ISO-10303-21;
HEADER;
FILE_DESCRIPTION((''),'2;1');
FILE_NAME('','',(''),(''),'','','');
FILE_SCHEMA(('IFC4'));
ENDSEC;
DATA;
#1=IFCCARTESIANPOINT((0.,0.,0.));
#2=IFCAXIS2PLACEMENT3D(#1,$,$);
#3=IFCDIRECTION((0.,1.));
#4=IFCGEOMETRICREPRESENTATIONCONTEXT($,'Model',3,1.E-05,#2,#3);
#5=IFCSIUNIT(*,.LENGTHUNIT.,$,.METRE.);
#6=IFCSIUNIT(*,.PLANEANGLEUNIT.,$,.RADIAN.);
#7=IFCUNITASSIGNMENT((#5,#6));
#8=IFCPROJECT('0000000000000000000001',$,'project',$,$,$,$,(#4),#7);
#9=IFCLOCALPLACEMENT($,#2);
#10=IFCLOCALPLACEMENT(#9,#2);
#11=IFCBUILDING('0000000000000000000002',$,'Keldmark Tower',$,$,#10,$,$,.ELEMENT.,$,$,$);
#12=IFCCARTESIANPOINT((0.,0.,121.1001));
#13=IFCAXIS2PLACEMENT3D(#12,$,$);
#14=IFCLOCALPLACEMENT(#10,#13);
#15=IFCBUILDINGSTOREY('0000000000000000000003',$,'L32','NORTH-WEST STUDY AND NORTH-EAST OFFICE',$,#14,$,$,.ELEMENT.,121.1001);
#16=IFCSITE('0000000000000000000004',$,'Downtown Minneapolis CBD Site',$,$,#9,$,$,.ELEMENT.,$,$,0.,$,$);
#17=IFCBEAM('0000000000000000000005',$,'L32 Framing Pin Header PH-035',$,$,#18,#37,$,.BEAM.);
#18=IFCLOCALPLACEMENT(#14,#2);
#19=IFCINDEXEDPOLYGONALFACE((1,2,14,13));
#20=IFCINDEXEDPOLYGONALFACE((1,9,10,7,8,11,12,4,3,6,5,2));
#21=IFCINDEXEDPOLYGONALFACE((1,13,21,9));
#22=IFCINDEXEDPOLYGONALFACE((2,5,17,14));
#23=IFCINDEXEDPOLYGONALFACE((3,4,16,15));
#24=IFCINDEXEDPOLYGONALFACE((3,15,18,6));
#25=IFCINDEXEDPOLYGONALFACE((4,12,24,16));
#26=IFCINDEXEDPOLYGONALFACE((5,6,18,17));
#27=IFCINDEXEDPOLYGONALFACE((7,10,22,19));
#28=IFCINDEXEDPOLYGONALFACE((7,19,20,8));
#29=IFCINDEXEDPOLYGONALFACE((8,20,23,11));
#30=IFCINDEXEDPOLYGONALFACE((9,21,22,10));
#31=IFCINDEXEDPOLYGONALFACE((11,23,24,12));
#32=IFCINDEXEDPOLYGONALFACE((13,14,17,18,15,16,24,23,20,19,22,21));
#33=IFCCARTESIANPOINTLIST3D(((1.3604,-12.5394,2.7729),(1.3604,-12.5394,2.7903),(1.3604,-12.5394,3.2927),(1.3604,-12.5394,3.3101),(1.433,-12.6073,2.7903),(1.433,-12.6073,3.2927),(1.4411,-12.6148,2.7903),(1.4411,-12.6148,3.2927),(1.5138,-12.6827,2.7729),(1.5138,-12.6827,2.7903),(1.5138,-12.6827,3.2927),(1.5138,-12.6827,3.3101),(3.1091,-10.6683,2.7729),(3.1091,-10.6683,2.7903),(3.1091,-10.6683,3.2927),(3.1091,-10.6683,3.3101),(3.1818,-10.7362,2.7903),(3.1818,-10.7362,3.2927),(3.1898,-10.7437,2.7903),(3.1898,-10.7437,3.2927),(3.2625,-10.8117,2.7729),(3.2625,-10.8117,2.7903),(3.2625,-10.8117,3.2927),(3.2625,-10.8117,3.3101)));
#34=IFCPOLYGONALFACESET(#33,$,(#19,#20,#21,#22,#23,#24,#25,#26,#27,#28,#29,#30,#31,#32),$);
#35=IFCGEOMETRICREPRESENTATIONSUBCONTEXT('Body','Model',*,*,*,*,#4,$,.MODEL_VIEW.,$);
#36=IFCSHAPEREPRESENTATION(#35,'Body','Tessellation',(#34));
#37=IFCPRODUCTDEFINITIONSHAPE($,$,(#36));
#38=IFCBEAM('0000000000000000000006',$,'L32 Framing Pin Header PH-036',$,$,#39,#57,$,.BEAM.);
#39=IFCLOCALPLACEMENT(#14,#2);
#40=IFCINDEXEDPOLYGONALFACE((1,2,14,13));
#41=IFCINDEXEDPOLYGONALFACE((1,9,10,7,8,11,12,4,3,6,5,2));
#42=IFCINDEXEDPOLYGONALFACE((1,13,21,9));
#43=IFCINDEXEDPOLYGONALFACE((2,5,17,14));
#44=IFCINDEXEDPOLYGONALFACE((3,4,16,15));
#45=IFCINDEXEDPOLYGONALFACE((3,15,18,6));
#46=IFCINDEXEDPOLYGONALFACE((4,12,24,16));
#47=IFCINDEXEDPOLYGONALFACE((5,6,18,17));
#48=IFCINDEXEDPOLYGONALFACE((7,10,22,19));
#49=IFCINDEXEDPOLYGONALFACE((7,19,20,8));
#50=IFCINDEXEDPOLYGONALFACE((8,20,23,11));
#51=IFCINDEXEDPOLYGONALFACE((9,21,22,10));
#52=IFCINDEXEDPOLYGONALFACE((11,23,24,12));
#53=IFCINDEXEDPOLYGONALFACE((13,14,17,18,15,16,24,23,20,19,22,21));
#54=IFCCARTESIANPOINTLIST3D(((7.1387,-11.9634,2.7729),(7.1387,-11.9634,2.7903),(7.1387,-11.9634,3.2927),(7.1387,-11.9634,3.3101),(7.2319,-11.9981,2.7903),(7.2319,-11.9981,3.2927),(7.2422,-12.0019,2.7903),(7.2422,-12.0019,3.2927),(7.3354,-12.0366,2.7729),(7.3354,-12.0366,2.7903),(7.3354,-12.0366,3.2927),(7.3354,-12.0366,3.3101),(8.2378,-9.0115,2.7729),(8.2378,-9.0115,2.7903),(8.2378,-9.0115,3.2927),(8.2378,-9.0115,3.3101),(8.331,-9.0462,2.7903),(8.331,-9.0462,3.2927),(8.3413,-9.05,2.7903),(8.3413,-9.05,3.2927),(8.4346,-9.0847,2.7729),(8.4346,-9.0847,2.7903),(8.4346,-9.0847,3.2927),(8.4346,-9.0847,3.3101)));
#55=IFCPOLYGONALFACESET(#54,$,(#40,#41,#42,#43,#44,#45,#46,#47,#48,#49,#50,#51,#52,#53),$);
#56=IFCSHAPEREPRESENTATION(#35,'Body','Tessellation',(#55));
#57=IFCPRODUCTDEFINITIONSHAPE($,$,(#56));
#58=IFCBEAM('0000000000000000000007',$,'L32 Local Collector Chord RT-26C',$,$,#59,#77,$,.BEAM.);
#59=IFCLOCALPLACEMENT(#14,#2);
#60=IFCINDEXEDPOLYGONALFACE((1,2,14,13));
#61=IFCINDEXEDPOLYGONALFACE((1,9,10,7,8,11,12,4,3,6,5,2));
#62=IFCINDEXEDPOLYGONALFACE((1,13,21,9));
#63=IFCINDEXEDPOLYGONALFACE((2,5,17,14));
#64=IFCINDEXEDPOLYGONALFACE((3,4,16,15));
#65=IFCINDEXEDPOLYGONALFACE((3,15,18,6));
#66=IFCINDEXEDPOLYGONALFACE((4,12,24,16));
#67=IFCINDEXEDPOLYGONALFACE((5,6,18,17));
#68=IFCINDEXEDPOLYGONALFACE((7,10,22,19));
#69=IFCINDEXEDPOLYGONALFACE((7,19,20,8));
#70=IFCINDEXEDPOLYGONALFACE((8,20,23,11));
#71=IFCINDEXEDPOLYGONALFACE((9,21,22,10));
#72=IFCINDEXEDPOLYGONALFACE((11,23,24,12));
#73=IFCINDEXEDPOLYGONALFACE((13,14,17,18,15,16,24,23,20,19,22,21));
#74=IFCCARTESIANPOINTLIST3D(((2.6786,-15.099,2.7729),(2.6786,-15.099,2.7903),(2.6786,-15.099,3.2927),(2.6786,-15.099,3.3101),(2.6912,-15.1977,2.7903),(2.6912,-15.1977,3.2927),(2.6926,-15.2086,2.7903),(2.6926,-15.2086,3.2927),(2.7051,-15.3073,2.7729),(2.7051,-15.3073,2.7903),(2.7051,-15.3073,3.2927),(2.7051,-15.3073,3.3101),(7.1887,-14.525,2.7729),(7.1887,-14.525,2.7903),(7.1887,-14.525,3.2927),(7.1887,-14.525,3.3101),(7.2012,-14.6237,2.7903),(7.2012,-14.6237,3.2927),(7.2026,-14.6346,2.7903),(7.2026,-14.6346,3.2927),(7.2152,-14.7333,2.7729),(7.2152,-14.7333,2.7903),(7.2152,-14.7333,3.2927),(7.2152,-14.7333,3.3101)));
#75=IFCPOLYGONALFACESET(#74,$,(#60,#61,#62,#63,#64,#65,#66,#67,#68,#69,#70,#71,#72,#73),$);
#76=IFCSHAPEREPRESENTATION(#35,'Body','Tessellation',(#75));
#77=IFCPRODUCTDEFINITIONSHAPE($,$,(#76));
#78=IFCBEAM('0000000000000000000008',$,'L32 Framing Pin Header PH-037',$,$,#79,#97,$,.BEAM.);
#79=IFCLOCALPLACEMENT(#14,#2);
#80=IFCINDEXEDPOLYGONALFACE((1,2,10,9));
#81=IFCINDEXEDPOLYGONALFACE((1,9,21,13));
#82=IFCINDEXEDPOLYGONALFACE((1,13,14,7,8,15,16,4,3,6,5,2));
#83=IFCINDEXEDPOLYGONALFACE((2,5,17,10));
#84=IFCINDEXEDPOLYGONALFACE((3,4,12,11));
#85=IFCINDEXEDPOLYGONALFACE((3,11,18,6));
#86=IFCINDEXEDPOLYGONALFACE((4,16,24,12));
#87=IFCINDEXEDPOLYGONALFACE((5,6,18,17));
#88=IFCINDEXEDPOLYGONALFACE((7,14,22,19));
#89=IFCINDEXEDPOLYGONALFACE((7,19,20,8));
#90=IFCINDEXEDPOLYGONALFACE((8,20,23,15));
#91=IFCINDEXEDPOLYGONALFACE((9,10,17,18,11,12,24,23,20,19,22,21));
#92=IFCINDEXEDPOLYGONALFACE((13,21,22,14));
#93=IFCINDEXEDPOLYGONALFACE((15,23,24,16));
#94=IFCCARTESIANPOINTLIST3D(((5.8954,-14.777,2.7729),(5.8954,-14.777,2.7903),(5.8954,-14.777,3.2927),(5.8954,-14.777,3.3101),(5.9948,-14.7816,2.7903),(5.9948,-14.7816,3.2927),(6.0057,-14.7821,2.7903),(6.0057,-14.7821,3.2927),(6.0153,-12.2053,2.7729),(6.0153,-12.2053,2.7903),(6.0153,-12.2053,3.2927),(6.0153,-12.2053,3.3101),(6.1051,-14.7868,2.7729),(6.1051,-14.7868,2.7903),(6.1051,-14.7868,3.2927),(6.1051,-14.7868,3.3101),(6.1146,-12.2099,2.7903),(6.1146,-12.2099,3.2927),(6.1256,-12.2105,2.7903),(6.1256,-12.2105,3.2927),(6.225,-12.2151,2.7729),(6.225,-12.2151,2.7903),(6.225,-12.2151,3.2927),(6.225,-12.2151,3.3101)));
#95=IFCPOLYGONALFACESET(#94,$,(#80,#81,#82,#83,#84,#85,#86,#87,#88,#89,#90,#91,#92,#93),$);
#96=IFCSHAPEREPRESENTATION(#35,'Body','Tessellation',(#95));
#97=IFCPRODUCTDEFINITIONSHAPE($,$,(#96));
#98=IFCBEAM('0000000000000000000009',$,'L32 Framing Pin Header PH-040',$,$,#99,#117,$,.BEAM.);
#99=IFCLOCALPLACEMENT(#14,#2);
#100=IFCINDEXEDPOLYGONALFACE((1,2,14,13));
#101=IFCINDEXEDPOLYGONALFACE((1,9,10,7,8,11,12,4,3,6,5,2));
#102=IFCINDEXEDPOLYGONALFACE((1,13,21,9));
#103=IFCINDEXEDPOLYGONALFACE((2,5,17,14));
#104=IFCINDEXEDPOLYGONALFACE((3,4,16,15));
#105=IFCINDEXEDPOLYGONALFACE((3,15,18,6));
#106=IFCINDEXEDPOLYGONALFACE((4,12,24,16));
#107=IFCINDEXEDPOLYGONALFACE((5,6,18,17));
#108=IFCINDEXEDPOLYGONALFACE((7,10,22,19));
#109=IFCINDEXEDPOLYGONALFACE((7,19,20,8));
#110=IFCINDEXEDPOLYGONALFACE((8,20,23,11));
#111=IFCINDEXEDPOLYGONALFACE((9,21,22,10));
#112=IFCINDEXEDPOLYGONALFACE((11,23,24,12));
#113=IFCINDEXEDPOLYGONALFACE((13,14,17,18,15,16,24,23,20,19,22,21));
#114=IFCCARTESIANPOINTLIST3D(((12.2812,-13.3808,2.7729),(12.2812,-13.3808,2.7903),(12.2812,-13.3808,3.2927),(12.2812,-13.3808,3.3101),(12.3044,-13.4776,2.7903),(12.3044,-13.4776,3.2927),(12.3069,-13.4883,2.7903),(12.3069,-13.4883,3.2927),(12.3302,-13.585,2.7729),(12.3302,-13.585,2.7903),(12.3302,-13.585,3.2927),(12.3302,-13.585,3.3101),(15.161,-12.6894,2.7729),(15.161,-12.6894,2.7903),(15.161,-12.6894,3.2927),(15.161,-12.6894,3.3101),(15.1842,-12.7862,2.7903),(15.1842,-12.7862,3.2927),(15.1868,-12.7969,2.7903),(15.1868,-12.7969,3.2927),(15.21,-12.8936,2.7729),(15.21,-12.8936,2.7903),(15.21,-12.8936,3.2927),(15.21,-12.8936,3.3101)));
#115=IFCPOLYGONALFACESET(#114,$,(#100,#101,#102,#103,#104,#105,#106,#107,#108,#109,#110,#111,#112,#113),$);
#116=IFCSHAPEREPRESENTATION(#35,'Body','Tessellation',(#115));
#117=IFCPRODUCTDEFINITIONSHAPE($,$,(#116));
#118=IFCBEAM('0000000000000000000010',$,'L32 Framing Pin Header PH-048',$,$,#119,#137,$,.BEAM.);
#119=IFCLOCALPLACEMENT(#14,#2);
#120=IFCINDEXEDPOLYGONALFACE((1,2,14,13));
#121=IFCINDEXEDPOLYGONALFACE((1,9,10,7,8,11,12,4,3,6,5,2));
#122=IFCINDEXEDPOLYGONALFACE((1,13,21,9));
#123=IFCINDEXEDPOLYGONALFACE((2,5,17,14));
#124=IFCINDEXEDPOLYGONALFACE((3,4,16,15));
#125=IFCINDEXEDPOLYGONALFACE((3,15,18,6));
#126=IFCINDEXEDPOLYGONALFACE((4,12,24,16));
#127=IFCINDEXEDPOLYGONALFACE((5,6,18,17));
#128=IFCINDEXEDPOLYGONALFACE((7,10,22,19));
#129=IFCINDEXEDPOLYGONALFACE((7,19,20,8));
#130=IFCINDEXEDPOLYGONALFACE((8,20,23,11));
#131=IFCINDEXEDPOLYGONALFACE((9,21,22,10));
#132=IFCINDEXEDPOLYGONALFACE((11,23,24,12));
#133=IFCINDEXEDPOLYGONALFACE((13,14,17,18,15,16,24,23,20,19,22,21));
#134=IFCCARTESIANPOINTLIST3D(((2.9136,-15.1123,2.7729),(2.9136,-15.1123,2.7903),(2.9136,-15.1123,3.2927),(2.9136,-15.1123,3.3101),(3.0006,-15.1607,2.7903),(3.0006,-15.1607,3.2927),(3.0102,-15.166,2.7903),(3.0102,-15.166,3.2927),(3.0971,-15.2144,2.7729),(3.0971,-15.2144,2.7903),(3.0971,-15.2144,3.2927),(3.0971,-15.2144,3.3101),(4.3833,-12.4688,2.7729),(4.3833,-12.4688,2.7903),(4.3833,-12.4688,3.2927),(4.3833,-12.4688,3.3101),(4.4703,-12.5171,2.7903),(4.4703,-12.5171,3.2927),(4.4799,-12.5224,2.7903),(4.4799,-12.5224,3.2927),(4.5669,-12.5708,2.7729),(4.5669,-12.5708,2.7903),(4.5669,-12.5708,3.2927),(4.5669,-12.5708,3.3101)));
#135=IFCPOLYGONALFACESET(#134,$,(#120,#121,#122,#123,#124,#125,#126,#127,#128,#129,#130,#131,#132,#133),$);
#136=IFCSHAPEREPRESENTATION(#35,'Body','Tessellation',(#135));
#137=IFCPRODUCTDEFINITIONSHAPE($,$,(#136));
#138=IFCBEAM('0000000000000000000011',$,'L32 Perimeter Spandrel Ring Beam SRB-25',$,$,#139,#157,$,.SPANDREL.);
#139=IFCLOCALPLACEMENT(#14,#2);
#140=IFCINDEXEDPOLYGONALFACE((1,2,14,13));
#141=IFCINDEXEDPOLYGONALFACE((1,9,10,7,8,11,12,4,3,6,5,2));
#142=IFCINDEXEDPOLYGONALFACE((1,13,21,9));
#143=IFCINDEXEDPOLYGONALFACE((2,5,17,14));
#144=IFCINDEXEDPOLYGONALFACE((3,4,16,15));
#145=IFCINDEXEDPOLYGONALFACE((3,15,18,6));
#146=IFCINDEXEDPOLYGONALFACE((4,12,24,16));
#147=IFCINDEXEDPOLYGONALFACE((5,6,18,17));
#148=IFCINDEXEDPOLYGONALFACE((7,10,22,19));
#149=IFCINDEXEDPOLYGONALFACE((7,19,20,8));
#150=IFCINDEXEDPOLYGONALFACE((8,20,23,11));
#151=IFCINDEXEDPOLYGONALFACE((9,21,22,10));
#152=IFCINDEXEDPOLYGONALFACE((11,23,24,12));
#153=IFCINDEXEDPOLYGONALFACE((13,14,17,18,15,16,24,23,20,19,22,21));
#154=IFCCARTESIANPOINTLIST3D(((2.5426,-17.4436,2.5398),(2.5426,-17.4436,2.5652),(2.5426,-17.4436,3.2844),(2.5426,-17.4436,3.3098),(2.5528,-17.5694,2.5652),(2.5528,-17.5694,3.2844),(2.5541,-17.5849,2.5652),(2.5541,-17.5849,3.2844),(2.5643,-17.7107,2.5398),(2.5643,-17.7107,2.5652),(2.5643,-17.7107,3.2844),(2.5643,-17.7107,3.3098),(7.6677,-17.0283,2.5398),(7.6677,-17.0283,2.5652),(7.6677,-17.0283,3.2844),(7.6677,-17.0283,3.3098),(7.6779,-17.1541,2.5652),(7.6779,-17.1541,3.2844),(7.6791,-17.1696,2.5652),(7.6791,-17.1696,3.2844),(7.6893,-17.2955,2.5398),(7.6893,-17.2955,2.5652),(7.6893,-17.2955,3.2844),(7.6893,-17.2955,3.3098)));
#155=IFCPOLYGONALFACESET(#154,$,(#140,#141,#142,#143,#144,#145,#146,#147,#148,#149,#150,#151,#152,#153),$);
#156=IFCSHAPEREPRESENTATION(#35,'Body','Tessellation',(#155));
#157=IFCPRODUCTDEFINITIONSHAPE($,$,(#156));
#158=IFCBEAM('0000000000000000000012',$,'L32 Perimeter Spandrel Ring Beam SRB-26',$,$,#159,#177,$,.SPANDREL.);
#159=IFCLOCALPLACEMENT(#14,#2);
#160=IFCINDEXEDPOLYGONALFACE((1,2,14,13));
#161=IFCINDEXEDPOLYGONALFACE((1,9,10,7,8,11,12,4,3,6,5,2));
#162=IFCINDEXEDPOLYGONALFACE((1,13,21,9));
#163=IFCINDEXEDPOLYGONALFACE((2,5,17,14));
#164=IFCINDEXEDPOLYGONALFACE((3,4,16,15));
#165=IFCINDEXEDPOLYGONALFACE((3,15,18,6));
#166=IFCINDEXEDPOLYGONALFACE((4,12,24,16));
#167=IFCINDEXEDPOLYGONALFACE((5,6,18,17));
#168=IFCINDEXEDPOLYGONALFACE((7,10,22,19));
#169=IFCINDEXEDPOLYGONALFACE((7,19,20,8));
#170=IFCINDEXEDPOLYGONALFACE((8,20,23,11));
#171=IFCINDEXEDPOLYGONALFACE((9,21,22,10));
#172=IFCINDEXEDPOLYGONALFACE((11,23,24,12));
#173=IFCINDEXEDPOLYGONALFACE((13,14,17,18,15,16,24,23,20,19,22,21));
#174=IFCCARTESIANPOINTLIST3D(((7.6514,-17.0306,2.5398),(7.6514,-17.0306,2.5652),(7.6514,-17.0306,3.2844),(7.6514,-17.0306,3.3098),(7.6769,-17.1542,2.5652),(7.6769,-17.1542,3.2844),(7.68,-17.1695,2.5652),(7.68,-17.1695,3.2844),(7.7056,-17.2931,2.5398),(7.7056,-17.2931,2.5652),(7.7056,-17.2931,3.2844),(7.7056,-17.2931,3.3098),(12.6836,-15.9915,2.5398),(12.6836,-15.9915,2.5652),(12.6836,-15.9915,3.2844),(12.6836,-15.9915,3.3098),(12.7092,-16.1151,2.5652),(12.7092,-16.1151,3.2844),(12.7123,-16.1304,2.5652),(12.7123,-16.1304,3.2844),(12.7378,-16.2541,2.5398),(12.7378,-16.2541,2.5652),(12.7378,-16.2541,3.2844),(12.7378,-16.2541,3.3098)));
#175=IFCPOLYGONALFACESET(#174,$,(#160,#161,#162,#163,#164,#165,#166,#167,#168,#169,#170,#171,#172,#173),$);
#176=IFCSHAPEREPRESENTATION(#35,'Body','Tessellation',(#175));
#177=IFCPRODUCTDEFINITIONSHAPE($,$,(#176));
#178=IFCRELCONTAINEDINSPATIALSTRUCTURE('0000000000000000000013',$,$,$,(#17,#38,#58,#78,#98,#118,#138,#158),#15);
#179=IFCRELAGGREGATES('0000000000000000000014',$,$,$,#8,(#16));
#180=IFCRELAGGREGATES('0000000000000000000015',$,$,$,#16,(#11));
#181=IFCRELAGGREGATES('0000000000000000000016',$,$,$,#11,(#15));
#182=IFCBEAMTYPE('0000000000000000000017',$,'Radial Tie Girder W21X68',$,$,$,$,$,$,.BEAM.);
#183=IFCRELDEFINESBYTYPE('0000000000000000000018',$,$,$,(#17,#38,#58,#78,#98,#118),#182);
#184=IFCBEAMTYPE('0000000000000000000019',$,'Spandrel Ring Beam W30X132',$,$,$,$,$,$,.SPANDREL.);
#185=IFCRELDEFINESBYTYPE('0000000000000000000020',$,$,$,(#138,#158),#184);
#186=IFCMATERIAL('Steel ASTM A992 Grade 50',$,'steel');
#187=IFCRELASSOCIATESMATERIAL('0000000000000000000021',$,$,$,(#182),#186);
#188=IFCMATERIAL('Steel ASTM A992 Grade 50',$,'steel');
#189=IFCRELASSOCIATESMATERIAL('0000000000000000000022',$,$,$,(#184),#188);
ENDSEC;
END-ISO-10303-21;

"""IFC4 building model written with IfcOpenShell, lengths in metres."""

from ifc_helpers import new_model, si_unit, direction, frame, origin, origin_2d, place, context, subcontext, project, spatial, i_section, extrude, material, material_profile, profile_set, type_object, element, save


model = new_model("IFC4")

# Units and contexts
model_context = context("Model", 3, precision=1e-05, world=origin(), true_north=direction((0.0, 1.0)))
body_context = subcontext(model_context, "Body", "Model", "MODEL_VIEW")
ifc_project = project(units=[si_unit("LENGTHUNIT", "METRE"), si_unit("PLANEANGLEUNIT", "RADIAN")], contexts=[model_context])

# Site, building, storey
site_placement = place(None, origin())
site = spatial("IfcSite", under=ifc_project, at=site_placement, Name="Downtown Minneapolis CBD Site", CompositionType="ELEMENT", RefElevation=0.0)
building_placement = place(site_placement, origin())
building = spatial("IfcBuilding", under=site, at=building_placement, Name="Keldmark Tower", CompositionType="ELEMENT")
storey_placement = place(building_placement, frame((0.0, 0.0, 121.1001)))
storey = spatial("IfcBuildingStorey", under=building, at=storey_placement, Name="L32", Description="NORTH-WEST STUDY AND NORTH-EAST OFFICE", CompositionType="ELEMENT", Elevation=121.1001)

# Beams
ifc_material_1 = material(Name="Steel ASTM A992 Grade 50", Category="steel")
ifc_material_profile_1 = material_profile(ifc_material_1, i_section(OverallWidth=0.21, OverallDepth=0.5371, WebThickness=0.011, FlangeThickness=0.0173, at=origin_2d()), Name="W21X68")
ifc_profile_set_1 = profile_set([ifc_material_profile_1], Name="Steel ASTM A992 Grade 50")
beam_type_1 = type_object("IfcBeamType", Name="Radial Tie Girder W21X68", PredefinedType="BEAM", material=ifc_profile_set_1)
beam_1_placement = place(storey_placement, frame((3.1858, -10.74, 3.0415), z_axis=(-0.682824, -0.730583, 0.0), x_axis=(0.730583, -0.682824, 0.0)))
element("IfcBeam", 1, at=beam_1_placement, inside=storey, type_object=beam_type_1, Name="L32 Framing Pin Header PH-035", PredefinedType="BEAM", context=body_context, shape_type="SweptSolid", body=[
    extrude(i_section(OverallWidth=0.21, OverallDepth=0.5371, WebThickness=0.011, FlangeThickness=0.0173, at=origin_2d()), origin(), (0.0, 0.0, 1.0), 2.561),
])
beam_2_placement = place(storey_placement, frame((8.3362, -9.0481, 3.0415), z_axis=(-0.34894, -0.937145, 0.0), x_axis=(0.937145, -0.34894, 0.0)))
element("IfcBeam", 2, at=beam_2_placement, inside=storey, type_object=beam_type_1, Name="L32 Framing Pin Header PH-036", PredefinedType="BEAM", context=body_context, shape_type="SweptSolid", body=[
    extrude(i_section(OverallWidth=0.21, OverallDepth=0.5371, WebThickness=0.011, FlangeThickness=0.0173, at=origin_2d()), origin(), (0.0, 0.0, 1.0), 3.1499),
])
beam_3_placement = place(storey_placement, frame((2.6919, -15.2031, 3.0415), z_axis=(0.991999, 0.126249, 0.0), x_axis=(-0.126249, 0.991999, 0.0)))
element("IfcBeam", 3, at=beam_3_placement, inside=storey, type_object=beam_type_1, Name="L32 Local Collector Chord RT-26C", PredefinedType="BEAM", context=body_context, shape_type="SweptSolid", body=[
    extrude(i_section(OverallWidth=0.21, OverallDepth=0.5371, WebThickness=0.011, FlangeThickness=0.0173, at=origin_2d()), origin(), (0.0, 0.0, 1.0), 4.5464),
])
beam_4_placement = place(storey_placement, frame((6.1201, -12.2102, 3.0415), z_axis=(-0.04656, -0.998915, 0.0), x_axis=(0.998915, -0.04656, 0.0)))
element("IfcBeam", 4, at=beam_4_placement, inside=storey, type_object=beam_type_1, Name="L32 Framing Pin Header PH-037", PredefinedType="BEAM", context=body_context, shape_type="SweptSolid", body=[
    extrude(i_section(OverallWidth=0.21, OverallDepth=0.5371, WebThickness=0.011, FlangeThickness=0.0173, at=origin_2d()), origin(), (0.0, 0.0, 1.0), 2.5745),
])
beam_5_placement = place(storey_placement, frame((12.3057, -13.4829, 3.0415), z_axis=(0.972369, 0.233448, 0.0), x_axis=(-0.233448, 0.972369, 0.0)))
element("IfcBeam", 5, at=beam_5_placement, inside=storey, type_object=beam_type_1, Name="L32 Framing Pin Header PH-040", PredefinedType="BEAM", context=body_context, shape_type="SweptSolid", body=[
    extrude(i_section(OverallWidth=0.21, OverallDepth=0.5371, WebThickness=0.011, FlangeThickness=0.0173, at=origin_2d()), origin(), (0.0, 0.0, 1.0), 2.9617),
])
beam_6_placement = place(storey_placement, frame((4.4751, -12.5198, 3.0415), z_axis=(-0.485917, -0.874005, 0.0), x_axis=(0.874005, -0.485917, 0.0)))
element("IfcBeam", 6, at=beam_6_placement, inside=storey, type_object=beam_type_1, Name="L32 Framing Pin Header PH-048", PredefinedType="BEAM", context=body_context, shape_type="SweptSolid", body=[
    extrude(i_section(OverallWidth=0.21, OverallDepth=0.5371, WebThickness=0.011, FlangeThickness=0.0173, at=origin_2d()), origin(), (0.0, 0.0, 1.0), 3.0247),
])
ifc_material_2 = material(Name="Steel ASTM A992 Grade 50", Category="steel")
ifc_material_profile_2 = material_profile(ifc_material_2, i_section(OverallWidth=0.2681, OverallDepth=0.77, WebThickness=0.0156, FlangeThickness=0.0254, at=origin_2d()), Name="W30X132")
ifc_profile_set_2 = profile_set([ifc_material_profile_2], Name="Steel ASTM A992 Grade 50")
beam_type_2 = type_object("IfcBeamType", Name="Spandrel Ring Beam W30X132", PredefinedType="SPANDREL", material=ifc_profile_set_2)
beam_7_placement = place(storey_placement, frame((2.5535, -17.5771, 2.9248), z_axis=(0.996733, 0.080766, 0.0), x_axis=(-0.080766, 0.996733, 0.0)))
element("IfcBeam", 7, at=beam_7_placement, inside=storey, type_object=beam_type_2, Name="L32 Perimeter Spandrel Ring Beam SRB-25", PredefinedType="SPANDREL", context=body_context, shape_type="SweptSolid", body=[
    extrude(i_section(OverallWidth=0.2681, OverallDepth=0.77, WebThickness=0.0156, FlangeThickness=0.0254, at=origin_2d()), origin(), (0.0, 0.0, 1.0), 5.1418),
])
beam_8_placement = place(storey_placement, frame((7.6785, -17.1619, 2.9248), z_axis=(0.979341, 0.202216, 0.0), x_axis=(-0.202216, 0.979341, 0.0)))
element("IfcBeam", 8, at=beam_8_placement, inside=storey, type_object=beam_type_2, Name="L32 Perimeter Spandrel Ring Beam SRB-26", PredefinedType="SPANDREL", context=body_context, shape_type="SweptSolid", body=[
    extrude(i_section(OverallWidth=0.2681, OverallDepth=0.77, WebThickness=0.0156, FlangeThickness=0.0254, at=origin_2d()), origin(), (0.0, 0.0, 1.0), 5.1384),
])

save(model, "model.ifc")
